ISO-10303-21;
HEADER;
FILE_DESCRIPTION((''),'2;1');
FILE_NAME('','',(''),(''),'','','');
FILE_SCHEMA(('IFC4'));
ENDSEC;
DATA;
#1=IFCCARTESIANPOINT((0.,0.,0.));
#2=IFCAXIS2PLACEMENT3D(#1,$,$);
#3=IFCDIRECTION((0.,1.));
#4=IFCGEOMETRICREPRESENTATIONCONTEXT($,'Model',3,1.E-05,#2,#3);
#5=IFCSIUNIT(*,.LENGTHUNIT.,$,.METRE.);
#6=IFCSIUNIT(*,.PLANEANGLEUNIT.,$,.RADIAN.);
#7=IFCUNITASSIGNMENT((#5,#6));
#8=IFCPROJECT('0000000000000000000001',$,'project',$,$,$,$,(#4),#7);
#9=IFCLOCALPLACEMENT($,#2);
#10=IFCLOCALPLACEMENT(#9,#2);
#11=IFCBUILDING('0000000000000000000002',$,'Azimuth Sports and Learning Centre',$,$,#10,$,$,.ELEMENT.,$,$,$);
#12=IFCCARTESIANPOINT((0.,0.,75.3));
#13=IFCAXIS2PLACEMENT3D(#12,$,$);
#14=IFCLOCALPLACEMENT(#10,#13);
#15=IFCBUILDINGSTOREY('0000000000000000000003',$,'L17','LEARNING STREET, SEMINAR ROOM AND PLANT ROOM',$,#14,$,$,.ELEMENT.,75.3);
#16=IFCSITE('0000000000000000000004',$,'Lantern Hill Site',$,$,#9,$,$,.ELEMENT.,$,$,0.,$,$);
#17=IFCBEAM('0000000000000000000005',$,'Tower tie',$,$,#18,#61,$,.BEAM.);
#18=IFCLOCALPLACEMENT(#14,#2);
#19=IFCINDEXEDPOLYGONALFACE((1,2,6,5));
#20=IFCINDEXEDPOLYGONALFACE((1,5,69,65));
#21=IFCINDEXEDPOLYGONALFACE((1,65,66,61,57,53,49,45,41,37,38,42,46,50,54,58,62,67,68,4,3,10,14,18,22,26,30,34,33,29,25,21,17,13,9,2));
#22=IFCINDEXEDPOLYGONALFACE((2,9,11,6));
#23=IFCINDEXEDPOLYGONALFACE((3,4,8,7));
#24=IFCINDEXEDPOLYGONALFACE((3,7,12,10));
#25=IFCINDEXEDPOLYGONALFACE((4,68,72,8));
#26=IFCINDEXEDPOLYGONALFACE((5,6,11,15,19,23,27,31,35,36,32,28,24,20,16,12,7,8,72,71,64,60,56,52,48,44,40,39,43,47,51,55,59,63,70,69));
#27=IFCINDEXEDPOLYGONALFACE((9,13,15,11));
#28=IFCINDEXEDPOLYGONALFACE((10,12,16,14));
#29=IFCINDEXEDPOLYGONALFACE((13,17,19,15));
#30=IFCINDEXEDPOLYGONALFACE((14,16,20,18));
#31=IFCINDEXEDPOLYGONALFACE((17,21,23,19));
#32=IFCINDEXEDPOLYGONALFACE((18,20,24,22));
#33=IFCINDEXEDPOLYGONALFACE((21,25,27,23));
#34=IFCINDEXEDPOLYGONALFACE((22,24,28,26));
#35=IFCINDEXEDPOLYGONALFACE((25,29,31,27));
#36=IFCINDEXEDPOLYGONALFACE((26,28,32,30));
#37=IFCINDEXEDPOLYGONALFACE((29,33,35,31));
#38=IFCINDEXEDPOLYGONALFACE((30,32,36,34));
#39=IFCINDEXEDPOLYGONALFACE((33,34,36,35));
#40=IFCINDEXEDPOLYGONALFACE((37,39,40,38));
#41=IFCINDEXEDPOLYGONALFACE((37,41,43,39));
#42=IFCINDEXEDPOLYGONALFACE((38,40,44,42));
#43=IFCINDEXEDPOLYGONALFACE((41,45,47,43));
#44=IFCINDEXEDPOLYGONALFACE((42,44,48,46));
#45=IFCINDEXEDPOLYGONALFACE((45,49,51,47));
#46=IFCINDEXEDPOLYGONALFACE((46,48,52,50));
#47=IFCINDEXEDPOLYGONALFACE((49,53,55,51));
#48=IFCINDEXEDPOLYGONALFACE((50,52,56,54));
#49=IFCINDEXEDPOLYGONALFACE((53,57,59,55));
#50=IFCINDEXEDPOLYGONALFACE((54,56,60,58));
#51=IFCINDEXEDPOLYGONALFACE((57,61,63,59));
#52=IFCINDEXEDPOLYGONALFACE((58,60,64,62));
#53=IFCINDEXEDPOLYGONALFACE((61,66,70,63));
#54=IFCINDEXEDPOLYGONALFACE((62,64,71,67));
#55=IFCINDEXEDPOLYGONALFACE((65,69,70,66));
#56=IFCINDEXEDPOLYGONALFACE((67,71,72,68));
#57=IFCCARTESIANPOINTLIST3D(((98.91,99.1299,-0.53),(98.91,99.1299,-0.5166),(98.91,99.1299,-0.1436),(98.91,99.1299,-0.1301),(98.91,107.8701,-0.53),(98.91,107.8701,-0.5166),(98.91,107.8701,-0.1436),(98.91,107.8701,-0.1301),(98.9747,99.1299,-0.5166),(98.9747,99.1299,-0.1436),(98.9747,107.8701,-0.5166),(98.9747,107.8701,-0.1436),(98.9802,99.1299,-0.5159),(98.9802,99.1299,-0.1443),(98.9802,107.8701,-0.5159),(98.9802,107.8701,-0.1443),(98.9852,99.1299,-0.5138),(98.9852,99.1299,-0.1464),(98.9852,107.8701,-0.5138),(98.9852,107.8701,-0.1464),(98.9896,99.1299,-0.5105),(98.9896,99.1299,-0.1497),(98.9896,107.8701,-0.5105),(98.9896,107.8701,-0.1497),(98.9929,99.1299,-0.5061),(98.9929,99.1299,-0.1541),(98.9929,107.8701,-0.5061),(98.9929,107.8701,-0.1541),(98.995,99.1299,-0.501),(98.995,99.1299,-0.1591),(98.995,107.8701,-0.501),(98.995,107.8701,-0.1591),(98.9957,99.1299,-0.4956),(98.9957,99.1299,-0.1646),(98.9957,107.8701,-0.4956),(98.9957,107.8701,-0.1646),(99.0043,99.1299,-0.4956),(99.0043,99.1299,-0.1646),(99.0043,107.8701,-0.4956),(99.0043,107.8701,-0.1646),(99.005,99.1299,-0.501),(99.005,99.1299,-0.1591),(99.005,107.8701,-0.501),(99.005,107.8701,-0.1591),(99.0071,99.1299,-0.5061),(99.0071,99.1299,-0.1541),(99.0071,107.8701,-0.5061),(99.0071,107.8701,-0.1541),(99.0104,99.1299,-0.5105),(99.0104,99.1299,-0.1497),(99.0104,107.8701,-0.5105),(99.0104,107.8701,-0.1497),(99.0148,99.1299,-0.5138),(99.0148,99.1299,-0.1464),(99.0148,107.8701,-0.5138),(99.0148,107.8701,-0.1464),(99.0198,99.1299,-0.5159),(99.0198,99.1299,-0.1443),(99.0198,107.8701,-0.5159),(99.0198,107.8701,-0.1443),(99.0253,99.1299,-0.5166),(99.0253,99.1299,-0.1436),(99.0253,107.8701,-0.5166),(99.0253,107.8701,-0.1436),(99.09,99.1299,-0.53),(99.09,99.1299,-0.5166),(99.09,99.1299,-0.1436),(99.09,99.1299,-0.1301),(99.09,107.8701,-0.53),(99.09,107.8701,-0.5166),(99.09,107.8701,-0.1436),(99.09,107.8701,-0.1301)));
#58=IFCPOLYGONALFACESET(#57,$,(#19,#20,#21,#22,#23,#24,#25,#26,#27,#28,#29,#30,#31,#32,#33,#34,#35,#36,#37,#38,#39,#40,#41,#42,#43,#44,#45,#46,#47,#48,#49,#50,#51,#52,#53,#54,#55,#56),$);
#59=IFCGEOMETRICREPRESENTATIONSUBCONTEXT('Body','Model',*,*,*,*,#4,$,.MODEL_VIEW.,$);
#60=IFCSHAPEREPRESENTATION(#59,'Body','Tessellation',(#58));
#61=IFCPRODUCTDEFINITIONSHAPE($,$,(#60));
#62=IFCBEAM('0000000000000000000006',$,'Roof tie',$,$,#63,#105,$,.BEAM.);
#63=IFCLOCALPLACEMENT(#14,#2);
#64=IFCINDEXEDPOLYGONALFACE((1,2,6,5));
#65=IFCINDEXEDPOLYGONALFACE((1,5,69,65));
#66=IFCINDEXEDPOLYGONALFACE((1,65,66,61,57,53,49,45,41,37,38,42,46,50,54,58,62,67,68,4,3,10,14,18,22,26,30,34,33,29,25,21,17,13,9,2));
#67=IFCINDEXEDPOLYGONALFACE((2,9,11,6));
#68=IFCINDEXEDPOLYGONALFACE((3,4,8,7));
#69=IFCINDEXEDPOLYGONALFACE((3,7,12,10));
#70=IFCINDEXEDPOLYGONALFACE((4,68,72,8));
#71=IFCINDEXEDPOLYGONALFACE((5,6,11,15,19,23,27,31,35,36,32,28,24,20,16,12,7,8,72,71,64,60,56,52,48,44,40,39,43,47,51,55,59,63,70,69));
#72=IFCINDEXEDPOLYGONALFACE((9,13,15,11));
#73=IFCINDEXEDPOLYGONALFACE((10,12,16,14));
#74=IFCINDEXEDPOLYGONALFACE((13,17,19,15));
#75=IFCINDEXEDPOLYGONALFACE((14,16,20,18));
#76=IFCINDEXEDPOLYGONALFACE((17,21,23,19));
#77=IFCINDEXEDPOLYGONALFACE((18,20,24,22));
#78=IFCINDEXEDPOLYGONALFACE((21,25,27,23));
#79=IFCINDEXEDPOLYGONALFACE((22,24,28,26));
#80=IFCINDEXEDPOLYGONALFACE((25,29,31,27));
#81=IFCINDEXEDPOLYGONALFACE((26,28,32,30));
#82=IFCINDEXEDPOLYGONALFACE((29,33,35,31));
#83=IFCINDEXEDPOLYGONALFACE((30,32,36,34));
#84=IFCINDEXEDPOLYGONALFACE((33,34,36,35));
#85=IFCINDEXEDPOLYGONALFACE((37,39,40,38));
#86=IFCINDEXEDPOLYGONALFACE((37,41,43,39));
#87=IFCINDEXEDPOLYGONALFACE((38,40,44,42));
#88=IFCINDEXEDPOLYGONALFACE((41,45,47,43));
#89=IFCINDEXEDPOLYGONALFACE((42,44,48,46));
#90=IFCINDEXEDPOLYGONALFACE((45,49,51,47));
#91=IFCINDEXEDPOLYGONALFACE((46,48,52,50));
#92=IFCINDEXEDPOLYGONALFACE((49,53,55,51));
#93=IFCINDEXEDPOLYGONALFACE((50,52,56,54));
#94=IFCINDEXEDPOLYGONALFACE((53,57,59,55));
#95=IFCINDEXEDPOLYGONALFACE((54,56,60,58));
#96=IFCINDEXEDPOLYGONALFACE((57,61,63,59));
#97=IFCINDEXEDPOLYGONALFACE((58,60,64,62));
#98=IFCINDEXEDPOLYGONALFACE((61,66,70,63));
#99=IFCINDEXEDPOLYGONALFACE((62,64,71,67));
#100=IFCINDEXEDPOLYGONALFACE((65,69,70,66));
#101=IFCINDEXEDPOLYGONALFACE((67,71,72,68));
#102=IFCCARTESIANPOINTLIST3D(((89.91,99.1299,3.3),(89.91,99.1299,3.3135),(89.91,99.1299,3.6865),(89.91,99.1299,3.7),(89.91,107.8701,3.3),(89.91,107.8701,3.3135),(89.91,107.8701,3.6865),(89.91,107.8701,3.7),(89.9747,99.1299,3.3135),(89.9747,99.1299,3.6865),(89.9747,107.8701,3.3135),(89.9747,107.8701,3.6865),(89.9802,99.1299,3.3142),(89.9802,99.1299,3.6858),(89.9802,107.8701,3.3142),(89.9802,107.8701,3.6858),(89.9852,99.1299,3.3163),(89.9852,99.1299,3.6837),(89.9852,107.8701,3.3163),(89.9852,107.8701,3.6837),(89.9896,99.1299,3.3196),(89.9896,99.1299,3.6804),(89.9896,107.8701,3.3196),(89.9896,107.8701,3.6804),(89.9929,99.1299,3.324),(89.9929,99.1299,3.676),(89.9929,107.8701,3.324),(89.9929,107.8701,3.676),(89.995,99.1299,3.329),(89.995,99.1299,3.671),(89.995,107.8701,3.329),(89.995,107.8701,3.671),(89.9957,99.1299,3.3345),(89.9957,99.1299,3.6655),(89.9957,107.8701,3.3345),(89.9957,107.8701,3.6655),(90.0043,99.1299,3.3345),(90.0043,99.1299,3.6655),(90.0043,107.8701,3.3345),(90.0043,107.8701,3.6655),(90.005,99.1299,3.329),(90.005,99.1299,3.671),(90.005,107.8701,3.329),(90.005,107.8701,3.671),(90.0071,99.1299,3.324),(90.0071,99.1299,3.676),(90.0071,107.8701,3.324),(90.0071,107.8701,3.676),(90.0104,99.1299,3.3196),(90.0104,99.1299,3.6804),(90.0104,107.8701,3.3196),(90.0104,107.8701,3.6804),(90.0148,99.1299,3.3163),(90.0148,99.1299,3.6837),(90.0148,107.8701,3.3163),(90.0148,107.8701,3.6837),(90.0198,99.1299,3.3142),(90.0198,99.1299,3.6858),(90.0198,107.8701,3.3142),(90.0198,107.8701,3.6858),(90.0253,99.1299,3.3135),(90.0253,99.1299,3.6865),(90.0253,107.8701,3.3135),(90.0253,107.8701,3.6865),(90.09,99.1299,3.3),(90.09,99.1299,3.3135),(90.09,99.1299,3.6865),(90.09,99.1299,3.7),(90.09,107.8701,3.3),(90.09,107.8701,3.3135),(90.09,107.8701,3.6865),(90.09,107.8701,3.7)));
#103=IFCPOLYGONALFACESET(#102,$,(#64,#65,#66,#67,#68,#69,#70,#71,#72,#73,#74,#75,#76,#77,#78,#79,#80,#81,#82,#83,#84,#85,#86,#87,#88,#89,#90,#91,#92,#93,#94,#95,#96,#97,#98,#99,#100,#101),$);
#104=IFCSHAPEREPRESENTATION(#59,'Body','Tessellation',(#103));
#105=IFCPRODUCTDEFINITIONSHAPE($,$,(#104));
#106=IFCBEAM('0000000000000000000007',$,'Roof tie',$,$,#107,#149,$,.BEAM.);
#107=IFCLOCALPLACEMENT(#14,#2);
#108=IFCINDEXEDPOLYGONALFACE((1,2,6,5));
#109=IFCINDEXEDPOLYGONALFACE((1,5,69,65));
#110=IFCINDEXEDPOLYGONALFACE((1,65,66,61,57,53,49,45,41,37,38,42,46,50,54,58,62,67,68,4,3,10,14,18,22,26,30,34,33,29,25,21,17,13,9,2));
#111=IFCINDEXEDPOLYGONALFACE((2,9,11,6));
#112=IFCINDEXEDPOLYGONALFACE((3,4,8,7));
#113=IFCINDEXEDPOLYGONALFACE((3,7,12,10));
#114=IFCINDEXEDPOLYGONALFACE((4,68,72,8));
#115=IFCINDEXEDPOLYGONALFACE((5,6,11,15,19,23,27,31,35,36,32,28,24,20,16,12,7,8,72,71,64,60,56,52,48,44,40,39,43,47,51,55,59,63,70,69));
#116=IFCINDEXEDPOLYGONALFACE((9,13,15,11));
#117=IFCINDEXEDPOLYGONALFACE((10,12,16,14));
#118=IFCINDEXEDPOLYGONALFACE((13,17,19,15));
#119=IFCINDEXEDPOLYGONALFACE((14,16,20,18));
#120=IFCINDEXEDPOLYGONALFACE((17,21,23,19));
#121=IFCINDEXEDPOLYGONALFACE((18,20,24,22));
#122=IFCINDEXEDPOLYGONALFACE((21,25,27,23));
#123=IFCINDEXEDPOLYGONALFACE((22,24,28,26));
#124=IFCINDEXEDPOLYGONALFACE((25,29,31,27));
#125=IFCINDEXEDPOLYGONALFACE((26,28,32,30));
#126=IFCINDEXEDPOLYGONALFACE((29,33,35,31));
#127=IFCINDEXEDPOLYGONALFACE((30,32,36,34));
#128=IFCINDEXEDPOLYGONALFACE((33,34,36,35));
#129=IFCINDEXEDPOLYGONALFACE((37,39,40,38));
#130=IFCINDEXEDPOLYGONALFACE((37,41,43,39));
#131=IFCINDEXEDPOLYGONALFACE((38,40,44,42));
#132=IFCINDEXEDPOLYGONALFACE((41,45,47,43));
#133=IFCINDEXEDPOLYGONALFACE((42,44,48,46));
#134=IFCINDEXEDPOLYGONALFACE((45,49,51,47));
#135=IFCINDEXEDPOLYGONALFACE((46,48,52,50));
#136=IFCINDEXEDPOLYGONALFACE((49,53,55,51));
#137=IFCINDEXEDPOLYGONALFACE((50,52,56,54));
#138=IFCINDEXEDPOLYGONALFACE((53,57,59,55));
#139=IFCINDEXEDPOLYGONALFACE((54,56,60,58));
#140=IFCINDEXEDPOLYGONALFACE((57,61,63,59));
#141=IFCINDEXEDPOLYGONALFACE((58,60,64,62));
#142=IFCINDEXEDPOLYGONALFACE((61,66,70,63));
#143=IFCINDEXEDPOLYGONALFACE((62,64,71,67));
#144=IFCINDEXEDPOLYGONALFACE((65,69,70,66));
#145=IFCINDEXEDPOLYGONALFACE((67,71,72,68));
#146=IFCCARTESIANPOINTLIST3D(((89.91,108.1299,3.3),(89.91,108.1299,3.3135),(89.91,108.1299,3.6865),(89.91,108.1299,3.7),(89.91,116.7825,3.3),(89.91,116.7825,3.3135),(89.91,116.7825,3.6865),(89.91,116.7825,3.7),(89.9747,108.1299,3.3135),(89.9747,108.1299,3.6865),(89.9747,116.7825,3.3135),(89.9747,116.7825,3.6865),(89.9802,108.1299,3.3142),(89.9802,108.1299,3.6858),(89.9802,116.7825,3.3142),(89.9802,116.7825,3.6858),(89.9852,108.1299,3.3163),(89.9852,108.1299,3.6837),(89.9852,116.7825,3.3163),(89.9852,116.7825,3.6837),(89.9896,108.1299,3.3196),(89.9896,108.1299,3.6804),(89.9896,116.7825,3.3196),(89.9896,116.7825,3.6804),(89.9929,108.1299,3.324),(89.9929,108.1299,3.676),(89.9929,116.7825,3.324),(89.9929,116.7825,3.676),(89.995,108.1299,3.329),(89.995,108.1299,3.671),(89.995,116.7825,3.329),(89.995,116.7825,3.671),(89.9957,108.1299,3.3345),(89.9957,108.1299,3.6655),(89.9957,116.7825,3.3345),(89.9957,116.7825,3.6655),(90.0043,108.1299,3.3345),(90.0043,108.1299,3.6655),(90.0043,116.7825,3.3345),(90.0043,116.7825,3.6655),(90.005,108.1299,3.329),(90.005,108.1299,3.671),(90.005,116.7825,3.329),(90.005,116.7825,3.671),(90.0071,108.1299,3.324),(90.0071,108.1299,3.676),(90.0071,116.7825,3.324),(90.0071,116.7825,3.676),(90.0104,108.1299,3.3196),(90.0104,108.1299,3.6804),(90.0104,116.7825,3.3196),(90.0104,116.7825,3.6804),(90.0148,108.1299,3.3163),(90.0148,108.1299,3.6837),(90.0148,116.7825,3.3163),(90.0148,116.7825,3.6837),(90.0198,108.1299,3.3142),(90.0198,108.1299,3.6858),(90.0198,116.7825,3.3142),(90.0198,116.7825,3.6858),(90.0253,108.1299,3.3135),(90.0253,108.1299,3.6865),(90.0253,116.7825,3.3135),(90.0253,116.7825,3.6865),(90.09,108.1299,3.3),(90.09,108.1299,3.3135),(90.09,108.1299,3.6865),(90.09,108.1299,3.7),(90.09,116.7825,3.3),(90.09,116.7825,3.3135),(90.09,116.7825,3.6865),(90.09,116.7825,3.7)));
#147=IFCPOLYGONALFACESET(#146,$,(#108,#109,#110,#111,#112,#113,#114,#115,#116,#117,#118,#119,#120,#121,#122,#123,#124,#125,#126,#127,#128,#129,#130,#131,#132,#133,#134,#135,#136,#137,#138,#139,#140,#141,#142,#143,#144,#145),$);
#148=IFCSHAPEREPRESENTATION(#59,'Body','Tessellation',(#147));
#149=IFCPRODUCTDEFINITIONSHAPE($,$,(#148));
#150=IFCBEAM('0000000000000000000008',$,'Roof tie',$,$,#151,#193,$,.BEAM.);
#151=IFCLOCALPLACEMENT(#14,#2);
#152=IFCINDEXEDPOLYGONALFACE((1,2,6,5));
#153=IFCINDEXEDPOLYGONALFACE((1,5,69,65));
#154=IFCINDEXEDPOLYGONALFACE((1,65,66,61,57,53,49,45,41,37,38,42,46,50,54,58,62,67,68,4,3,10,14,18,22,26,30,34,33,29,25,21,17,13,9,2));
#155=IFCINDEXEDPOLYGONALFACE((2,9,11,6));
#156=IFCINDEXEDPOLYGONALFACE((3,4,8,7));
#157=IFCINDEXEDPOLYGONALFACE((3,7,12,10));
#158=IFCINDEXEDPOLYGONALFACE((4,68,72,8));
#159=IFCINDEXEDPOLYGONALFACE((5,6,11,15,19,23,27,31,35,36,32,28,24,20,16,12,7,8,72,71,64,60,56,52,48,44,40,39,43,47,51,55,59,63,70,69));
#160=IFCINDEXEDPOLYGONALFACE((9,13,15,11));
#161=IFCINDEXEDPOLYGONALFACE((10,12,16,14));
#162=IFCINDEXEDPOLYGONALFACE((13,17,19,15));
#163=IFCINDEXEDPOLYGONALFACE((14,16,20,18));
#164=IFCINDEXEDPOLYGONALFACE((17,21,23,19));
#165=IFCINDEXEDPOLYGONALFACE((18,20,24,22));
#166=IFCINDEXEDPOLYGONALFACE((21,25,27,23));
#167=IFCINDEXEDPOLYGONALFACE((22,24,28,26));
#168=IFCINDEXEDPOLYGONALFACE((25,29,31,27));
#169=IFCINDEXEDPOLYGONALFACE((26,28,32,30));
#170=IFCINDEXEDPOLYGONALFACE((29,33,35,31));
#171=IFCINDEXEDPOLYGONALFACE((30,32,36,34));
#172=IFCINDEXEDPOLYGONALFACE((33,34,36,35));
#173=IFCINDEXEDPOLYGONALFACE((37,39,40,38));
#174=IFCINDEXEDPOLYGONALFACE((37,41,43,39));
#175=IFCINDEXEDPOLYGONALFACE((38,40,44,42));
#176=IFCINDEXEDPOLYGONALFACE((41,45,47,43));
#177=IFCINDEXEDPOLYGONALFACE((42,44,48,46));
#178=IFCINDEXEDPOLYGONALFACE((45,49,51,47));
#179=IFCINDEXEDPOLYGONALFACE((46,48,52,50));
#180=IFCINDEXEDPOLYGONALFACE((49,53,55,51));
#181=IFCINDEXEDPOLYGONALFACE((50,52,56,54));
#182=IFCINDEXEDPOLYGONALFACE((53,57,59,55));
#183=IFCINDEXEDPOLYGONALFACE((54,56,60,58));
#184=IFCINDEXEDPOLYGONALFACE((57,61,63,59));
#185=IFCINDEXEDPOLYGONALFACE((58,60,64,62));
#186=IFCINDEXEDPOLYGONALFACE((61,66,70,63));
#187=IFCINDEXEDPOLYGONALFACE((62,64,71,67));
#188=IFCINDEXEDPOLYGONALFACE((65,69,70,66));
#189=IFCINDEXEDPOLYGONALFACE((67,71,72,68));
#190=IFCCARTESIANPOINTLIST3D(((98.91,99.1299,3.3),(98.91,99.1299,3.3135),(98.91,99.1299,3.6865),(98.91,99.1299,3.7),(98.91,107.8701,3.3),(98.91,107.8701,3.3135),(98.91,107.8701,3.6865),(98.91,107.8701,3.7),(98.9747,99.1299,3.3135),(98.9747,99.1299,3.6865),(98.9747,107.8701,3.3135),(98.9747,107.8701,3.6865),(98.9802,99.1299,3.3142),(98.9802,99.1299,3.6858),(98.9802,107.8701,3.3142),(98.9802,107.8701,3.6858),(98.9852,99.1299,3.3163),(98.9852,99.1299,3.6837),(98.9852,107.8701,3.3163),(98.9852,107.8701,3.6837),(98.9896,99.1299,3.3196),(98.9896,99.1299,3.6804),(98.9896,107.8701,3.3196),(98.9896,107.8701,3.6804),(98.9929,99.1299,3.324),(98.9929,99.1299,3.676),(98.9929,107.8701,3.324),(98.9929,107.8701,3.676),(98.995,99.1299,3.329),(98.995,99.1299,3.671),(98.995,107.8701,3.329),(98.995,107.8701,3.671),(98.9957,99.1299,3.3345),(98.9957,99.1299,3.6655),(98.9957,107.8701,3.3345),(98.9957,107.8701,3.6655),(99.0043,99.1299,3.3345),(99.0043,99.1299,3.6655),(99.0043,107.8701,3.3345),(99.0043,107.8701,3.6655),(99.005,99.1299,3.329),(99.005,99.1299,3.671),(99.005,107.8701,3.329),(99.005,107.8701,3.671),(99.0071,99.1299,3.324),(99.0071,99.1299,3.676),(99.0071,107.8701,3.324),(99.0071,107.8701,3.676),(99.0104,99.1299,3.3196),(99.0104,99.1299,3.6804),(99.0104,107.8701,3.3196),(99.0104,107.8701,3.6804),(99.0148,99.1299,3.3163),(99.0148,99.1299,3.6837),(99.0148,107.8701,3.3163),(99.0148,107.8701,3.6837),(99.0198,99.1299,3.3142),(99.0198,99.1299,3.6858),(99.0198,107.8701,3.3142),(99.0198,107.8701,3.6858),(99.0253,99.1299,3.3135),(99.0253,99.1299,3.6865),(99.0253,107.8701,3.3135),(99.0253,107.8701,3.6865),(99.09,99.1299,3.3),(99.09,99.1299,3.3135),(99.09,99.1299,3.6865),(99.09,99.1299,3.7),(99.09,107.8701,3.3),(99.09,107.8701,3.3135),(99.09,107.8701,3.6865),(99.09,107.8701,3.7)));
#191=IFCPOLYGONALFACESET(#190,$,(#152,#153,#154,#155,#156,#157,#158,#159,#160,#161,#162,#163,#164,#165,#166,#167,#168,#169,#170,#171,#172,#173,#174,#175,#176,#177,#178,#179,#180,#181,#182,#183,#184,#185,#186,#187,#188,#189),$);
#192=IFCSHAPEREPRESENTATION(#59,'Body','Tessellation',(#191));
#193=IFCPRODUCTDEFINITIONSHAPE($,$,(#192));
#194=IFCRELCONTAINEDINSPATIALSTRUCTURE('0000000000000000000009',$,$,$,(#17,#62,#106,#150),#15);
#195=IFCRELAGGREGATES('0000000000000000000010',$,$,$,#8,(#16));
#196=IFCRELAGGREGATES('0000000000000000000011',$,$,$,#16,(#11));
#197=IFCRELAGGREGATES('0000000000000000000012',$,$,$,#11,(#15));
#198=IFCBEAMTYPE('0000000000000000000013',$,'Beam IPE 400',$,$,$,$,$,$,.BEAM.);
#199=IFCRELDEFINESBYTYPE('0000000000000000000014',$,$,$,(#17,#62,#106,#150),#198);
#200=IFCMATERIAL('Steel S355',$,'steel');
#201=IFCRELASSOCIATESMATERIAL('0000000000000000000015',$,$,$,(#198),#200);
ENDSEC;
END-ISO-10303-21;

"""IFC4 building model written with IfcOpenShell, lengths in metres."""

from ifc_helpers import new_model, si_unit, direction, frame, origin, origin_2d, place, context, subcontext, project, spatial, i_section, extrude, material, material_profile, profile_set, type_object, element, save


model = new_model("IFC4")

# Units and contexts
model_context = context("Model", 3, precision=1e-05, world=origin(), true_north=direction((0.0, 1.0)))
body_context = subcontext(model_context, "Body", "Model", "MODEL_VIEW")
ifc_project = project(units=[si_unit("LENGTHUNIT", "METRE"), si_unit("PLANEANGLEUNIT", "RADIAN")], contexts=[model_context])

# Site, building, storey
site_placement = place(None, origin())
site = spatial("IfcSite", under=ifc_project, at=site_placement, Name="Lantern Hill Site", CompositionType="ELEMENT", RefElevation=0.0)
building_placement = place(site_placement, origin())
building = spatial("IfcBuilding", under=site, at=building_placement, Name="Azimuth Sports and Learning Centre", CompositionType="ELEMENT")
storey_placement = place(building_placement, frame((0.0, 0.0, 75.3)))
storey = spatial("IfcBuildingStorey", under=building, at=storey_placement, Name="L17", Description="LEARNING STREET, SEMINAR ROOM AND PLANT ROOM", CompositionType="ELEMENT", Elevation=75.3)

# Beams
ifc_material_1 = material(Name="Steel S355", Category="steel")
ifc_material_profile_1 = material_profile(ifc_material_1, i_section(OverallWidth=0.1799, OverallDepth=0.3999, WebThickness=0.0085, FlangeThickness=0.0134, FilletRadius=0.021, at=origin_2d()), Name="IPE 400")
ifc_profile_set_1 = profile_set([ifc_material_profile_1], Name="Steel S355")
beam_type_1 = type_object("IfcBeamType", Name="Beam IPE 400", PredefinedType="BEAM", material=ifc_profile_set_1)
for number, where, z_axis, x_axis, name in (
    (1, (99.0, 99.1299, -0.3301), (0.0, 1.0, 0.0), (-1.0, 0.0, 0.0), "Tower tie"),
    (2, (90.0, 99.1299, 3.5), (0.0, 1.0, 0.0), (-1.0, 0.0, 0.0), "Roof tie"),
):
    element("IfcBeam", number, at=place(storey_placement, frame(where, z_axis=z_axis, x_axis=x_axis)), inside=storey, type_object=beam_type_1, Name=name, PredefinedType="BEAM", context=body_context, shape_type="SweptSolid", body=[
        extrude(i_section(OverallWidth=0.1799, OverallDepth=0.3999, WebThickness=0.0085, FlangeThickness=0.0134, FilletRadius=0.021, at=origin_2d()), origin(), (0.0, 0.0, 1.0), 8.7402),
    ])
beam_1_placement = place(storey_placement, frame((90.0, 108.1299, 3.5), z_axis=(0.0, 1.0, 0.0), x_axis=(-1.0, 0.0, 0.0)))
element("IfcBeam", 3, at=beam_1_placement, inside=storey, type_object=beam_type_1, Name="Roof tie", PredefinedType="BEAM", context=body_context, shape_type="SweptSolid", body=[
    extrude(i_section(OverallWidth=0.1799, OverallDepth=0.3999, WebThickness=0.0085, FlangeThickness=0.0134, FilletRadius=0.021, at=origin_2d()), origin(), (0.0, 0.0, 1.0), 8.6526),
])
beam_2_placement = place(storey_placement, frame((99.0, 99.1299, 3.5), z_axis=(0.0, 1.0, 0.0), x_axis=(-1.0, 0.0, 0.0)))
element("IfcBeam", 4, at=beam_2_placement, inside=storey, type_object=beam_type_1, Name="Roof tie", PredefinedType="BEAM", context=body_context, shape_type="SweptSolid", body=[
    extrude(i_section(OverallWidth=0.1799, OverallDepth=0.3999, WebThickness=0.0085, FlangeThickness=0.0134, FilletRadius=0.021, at=origin_2d()), origin(), (0.0, 0.0, 1.0), 8.7402),
])

save(model, "model.ifc")
